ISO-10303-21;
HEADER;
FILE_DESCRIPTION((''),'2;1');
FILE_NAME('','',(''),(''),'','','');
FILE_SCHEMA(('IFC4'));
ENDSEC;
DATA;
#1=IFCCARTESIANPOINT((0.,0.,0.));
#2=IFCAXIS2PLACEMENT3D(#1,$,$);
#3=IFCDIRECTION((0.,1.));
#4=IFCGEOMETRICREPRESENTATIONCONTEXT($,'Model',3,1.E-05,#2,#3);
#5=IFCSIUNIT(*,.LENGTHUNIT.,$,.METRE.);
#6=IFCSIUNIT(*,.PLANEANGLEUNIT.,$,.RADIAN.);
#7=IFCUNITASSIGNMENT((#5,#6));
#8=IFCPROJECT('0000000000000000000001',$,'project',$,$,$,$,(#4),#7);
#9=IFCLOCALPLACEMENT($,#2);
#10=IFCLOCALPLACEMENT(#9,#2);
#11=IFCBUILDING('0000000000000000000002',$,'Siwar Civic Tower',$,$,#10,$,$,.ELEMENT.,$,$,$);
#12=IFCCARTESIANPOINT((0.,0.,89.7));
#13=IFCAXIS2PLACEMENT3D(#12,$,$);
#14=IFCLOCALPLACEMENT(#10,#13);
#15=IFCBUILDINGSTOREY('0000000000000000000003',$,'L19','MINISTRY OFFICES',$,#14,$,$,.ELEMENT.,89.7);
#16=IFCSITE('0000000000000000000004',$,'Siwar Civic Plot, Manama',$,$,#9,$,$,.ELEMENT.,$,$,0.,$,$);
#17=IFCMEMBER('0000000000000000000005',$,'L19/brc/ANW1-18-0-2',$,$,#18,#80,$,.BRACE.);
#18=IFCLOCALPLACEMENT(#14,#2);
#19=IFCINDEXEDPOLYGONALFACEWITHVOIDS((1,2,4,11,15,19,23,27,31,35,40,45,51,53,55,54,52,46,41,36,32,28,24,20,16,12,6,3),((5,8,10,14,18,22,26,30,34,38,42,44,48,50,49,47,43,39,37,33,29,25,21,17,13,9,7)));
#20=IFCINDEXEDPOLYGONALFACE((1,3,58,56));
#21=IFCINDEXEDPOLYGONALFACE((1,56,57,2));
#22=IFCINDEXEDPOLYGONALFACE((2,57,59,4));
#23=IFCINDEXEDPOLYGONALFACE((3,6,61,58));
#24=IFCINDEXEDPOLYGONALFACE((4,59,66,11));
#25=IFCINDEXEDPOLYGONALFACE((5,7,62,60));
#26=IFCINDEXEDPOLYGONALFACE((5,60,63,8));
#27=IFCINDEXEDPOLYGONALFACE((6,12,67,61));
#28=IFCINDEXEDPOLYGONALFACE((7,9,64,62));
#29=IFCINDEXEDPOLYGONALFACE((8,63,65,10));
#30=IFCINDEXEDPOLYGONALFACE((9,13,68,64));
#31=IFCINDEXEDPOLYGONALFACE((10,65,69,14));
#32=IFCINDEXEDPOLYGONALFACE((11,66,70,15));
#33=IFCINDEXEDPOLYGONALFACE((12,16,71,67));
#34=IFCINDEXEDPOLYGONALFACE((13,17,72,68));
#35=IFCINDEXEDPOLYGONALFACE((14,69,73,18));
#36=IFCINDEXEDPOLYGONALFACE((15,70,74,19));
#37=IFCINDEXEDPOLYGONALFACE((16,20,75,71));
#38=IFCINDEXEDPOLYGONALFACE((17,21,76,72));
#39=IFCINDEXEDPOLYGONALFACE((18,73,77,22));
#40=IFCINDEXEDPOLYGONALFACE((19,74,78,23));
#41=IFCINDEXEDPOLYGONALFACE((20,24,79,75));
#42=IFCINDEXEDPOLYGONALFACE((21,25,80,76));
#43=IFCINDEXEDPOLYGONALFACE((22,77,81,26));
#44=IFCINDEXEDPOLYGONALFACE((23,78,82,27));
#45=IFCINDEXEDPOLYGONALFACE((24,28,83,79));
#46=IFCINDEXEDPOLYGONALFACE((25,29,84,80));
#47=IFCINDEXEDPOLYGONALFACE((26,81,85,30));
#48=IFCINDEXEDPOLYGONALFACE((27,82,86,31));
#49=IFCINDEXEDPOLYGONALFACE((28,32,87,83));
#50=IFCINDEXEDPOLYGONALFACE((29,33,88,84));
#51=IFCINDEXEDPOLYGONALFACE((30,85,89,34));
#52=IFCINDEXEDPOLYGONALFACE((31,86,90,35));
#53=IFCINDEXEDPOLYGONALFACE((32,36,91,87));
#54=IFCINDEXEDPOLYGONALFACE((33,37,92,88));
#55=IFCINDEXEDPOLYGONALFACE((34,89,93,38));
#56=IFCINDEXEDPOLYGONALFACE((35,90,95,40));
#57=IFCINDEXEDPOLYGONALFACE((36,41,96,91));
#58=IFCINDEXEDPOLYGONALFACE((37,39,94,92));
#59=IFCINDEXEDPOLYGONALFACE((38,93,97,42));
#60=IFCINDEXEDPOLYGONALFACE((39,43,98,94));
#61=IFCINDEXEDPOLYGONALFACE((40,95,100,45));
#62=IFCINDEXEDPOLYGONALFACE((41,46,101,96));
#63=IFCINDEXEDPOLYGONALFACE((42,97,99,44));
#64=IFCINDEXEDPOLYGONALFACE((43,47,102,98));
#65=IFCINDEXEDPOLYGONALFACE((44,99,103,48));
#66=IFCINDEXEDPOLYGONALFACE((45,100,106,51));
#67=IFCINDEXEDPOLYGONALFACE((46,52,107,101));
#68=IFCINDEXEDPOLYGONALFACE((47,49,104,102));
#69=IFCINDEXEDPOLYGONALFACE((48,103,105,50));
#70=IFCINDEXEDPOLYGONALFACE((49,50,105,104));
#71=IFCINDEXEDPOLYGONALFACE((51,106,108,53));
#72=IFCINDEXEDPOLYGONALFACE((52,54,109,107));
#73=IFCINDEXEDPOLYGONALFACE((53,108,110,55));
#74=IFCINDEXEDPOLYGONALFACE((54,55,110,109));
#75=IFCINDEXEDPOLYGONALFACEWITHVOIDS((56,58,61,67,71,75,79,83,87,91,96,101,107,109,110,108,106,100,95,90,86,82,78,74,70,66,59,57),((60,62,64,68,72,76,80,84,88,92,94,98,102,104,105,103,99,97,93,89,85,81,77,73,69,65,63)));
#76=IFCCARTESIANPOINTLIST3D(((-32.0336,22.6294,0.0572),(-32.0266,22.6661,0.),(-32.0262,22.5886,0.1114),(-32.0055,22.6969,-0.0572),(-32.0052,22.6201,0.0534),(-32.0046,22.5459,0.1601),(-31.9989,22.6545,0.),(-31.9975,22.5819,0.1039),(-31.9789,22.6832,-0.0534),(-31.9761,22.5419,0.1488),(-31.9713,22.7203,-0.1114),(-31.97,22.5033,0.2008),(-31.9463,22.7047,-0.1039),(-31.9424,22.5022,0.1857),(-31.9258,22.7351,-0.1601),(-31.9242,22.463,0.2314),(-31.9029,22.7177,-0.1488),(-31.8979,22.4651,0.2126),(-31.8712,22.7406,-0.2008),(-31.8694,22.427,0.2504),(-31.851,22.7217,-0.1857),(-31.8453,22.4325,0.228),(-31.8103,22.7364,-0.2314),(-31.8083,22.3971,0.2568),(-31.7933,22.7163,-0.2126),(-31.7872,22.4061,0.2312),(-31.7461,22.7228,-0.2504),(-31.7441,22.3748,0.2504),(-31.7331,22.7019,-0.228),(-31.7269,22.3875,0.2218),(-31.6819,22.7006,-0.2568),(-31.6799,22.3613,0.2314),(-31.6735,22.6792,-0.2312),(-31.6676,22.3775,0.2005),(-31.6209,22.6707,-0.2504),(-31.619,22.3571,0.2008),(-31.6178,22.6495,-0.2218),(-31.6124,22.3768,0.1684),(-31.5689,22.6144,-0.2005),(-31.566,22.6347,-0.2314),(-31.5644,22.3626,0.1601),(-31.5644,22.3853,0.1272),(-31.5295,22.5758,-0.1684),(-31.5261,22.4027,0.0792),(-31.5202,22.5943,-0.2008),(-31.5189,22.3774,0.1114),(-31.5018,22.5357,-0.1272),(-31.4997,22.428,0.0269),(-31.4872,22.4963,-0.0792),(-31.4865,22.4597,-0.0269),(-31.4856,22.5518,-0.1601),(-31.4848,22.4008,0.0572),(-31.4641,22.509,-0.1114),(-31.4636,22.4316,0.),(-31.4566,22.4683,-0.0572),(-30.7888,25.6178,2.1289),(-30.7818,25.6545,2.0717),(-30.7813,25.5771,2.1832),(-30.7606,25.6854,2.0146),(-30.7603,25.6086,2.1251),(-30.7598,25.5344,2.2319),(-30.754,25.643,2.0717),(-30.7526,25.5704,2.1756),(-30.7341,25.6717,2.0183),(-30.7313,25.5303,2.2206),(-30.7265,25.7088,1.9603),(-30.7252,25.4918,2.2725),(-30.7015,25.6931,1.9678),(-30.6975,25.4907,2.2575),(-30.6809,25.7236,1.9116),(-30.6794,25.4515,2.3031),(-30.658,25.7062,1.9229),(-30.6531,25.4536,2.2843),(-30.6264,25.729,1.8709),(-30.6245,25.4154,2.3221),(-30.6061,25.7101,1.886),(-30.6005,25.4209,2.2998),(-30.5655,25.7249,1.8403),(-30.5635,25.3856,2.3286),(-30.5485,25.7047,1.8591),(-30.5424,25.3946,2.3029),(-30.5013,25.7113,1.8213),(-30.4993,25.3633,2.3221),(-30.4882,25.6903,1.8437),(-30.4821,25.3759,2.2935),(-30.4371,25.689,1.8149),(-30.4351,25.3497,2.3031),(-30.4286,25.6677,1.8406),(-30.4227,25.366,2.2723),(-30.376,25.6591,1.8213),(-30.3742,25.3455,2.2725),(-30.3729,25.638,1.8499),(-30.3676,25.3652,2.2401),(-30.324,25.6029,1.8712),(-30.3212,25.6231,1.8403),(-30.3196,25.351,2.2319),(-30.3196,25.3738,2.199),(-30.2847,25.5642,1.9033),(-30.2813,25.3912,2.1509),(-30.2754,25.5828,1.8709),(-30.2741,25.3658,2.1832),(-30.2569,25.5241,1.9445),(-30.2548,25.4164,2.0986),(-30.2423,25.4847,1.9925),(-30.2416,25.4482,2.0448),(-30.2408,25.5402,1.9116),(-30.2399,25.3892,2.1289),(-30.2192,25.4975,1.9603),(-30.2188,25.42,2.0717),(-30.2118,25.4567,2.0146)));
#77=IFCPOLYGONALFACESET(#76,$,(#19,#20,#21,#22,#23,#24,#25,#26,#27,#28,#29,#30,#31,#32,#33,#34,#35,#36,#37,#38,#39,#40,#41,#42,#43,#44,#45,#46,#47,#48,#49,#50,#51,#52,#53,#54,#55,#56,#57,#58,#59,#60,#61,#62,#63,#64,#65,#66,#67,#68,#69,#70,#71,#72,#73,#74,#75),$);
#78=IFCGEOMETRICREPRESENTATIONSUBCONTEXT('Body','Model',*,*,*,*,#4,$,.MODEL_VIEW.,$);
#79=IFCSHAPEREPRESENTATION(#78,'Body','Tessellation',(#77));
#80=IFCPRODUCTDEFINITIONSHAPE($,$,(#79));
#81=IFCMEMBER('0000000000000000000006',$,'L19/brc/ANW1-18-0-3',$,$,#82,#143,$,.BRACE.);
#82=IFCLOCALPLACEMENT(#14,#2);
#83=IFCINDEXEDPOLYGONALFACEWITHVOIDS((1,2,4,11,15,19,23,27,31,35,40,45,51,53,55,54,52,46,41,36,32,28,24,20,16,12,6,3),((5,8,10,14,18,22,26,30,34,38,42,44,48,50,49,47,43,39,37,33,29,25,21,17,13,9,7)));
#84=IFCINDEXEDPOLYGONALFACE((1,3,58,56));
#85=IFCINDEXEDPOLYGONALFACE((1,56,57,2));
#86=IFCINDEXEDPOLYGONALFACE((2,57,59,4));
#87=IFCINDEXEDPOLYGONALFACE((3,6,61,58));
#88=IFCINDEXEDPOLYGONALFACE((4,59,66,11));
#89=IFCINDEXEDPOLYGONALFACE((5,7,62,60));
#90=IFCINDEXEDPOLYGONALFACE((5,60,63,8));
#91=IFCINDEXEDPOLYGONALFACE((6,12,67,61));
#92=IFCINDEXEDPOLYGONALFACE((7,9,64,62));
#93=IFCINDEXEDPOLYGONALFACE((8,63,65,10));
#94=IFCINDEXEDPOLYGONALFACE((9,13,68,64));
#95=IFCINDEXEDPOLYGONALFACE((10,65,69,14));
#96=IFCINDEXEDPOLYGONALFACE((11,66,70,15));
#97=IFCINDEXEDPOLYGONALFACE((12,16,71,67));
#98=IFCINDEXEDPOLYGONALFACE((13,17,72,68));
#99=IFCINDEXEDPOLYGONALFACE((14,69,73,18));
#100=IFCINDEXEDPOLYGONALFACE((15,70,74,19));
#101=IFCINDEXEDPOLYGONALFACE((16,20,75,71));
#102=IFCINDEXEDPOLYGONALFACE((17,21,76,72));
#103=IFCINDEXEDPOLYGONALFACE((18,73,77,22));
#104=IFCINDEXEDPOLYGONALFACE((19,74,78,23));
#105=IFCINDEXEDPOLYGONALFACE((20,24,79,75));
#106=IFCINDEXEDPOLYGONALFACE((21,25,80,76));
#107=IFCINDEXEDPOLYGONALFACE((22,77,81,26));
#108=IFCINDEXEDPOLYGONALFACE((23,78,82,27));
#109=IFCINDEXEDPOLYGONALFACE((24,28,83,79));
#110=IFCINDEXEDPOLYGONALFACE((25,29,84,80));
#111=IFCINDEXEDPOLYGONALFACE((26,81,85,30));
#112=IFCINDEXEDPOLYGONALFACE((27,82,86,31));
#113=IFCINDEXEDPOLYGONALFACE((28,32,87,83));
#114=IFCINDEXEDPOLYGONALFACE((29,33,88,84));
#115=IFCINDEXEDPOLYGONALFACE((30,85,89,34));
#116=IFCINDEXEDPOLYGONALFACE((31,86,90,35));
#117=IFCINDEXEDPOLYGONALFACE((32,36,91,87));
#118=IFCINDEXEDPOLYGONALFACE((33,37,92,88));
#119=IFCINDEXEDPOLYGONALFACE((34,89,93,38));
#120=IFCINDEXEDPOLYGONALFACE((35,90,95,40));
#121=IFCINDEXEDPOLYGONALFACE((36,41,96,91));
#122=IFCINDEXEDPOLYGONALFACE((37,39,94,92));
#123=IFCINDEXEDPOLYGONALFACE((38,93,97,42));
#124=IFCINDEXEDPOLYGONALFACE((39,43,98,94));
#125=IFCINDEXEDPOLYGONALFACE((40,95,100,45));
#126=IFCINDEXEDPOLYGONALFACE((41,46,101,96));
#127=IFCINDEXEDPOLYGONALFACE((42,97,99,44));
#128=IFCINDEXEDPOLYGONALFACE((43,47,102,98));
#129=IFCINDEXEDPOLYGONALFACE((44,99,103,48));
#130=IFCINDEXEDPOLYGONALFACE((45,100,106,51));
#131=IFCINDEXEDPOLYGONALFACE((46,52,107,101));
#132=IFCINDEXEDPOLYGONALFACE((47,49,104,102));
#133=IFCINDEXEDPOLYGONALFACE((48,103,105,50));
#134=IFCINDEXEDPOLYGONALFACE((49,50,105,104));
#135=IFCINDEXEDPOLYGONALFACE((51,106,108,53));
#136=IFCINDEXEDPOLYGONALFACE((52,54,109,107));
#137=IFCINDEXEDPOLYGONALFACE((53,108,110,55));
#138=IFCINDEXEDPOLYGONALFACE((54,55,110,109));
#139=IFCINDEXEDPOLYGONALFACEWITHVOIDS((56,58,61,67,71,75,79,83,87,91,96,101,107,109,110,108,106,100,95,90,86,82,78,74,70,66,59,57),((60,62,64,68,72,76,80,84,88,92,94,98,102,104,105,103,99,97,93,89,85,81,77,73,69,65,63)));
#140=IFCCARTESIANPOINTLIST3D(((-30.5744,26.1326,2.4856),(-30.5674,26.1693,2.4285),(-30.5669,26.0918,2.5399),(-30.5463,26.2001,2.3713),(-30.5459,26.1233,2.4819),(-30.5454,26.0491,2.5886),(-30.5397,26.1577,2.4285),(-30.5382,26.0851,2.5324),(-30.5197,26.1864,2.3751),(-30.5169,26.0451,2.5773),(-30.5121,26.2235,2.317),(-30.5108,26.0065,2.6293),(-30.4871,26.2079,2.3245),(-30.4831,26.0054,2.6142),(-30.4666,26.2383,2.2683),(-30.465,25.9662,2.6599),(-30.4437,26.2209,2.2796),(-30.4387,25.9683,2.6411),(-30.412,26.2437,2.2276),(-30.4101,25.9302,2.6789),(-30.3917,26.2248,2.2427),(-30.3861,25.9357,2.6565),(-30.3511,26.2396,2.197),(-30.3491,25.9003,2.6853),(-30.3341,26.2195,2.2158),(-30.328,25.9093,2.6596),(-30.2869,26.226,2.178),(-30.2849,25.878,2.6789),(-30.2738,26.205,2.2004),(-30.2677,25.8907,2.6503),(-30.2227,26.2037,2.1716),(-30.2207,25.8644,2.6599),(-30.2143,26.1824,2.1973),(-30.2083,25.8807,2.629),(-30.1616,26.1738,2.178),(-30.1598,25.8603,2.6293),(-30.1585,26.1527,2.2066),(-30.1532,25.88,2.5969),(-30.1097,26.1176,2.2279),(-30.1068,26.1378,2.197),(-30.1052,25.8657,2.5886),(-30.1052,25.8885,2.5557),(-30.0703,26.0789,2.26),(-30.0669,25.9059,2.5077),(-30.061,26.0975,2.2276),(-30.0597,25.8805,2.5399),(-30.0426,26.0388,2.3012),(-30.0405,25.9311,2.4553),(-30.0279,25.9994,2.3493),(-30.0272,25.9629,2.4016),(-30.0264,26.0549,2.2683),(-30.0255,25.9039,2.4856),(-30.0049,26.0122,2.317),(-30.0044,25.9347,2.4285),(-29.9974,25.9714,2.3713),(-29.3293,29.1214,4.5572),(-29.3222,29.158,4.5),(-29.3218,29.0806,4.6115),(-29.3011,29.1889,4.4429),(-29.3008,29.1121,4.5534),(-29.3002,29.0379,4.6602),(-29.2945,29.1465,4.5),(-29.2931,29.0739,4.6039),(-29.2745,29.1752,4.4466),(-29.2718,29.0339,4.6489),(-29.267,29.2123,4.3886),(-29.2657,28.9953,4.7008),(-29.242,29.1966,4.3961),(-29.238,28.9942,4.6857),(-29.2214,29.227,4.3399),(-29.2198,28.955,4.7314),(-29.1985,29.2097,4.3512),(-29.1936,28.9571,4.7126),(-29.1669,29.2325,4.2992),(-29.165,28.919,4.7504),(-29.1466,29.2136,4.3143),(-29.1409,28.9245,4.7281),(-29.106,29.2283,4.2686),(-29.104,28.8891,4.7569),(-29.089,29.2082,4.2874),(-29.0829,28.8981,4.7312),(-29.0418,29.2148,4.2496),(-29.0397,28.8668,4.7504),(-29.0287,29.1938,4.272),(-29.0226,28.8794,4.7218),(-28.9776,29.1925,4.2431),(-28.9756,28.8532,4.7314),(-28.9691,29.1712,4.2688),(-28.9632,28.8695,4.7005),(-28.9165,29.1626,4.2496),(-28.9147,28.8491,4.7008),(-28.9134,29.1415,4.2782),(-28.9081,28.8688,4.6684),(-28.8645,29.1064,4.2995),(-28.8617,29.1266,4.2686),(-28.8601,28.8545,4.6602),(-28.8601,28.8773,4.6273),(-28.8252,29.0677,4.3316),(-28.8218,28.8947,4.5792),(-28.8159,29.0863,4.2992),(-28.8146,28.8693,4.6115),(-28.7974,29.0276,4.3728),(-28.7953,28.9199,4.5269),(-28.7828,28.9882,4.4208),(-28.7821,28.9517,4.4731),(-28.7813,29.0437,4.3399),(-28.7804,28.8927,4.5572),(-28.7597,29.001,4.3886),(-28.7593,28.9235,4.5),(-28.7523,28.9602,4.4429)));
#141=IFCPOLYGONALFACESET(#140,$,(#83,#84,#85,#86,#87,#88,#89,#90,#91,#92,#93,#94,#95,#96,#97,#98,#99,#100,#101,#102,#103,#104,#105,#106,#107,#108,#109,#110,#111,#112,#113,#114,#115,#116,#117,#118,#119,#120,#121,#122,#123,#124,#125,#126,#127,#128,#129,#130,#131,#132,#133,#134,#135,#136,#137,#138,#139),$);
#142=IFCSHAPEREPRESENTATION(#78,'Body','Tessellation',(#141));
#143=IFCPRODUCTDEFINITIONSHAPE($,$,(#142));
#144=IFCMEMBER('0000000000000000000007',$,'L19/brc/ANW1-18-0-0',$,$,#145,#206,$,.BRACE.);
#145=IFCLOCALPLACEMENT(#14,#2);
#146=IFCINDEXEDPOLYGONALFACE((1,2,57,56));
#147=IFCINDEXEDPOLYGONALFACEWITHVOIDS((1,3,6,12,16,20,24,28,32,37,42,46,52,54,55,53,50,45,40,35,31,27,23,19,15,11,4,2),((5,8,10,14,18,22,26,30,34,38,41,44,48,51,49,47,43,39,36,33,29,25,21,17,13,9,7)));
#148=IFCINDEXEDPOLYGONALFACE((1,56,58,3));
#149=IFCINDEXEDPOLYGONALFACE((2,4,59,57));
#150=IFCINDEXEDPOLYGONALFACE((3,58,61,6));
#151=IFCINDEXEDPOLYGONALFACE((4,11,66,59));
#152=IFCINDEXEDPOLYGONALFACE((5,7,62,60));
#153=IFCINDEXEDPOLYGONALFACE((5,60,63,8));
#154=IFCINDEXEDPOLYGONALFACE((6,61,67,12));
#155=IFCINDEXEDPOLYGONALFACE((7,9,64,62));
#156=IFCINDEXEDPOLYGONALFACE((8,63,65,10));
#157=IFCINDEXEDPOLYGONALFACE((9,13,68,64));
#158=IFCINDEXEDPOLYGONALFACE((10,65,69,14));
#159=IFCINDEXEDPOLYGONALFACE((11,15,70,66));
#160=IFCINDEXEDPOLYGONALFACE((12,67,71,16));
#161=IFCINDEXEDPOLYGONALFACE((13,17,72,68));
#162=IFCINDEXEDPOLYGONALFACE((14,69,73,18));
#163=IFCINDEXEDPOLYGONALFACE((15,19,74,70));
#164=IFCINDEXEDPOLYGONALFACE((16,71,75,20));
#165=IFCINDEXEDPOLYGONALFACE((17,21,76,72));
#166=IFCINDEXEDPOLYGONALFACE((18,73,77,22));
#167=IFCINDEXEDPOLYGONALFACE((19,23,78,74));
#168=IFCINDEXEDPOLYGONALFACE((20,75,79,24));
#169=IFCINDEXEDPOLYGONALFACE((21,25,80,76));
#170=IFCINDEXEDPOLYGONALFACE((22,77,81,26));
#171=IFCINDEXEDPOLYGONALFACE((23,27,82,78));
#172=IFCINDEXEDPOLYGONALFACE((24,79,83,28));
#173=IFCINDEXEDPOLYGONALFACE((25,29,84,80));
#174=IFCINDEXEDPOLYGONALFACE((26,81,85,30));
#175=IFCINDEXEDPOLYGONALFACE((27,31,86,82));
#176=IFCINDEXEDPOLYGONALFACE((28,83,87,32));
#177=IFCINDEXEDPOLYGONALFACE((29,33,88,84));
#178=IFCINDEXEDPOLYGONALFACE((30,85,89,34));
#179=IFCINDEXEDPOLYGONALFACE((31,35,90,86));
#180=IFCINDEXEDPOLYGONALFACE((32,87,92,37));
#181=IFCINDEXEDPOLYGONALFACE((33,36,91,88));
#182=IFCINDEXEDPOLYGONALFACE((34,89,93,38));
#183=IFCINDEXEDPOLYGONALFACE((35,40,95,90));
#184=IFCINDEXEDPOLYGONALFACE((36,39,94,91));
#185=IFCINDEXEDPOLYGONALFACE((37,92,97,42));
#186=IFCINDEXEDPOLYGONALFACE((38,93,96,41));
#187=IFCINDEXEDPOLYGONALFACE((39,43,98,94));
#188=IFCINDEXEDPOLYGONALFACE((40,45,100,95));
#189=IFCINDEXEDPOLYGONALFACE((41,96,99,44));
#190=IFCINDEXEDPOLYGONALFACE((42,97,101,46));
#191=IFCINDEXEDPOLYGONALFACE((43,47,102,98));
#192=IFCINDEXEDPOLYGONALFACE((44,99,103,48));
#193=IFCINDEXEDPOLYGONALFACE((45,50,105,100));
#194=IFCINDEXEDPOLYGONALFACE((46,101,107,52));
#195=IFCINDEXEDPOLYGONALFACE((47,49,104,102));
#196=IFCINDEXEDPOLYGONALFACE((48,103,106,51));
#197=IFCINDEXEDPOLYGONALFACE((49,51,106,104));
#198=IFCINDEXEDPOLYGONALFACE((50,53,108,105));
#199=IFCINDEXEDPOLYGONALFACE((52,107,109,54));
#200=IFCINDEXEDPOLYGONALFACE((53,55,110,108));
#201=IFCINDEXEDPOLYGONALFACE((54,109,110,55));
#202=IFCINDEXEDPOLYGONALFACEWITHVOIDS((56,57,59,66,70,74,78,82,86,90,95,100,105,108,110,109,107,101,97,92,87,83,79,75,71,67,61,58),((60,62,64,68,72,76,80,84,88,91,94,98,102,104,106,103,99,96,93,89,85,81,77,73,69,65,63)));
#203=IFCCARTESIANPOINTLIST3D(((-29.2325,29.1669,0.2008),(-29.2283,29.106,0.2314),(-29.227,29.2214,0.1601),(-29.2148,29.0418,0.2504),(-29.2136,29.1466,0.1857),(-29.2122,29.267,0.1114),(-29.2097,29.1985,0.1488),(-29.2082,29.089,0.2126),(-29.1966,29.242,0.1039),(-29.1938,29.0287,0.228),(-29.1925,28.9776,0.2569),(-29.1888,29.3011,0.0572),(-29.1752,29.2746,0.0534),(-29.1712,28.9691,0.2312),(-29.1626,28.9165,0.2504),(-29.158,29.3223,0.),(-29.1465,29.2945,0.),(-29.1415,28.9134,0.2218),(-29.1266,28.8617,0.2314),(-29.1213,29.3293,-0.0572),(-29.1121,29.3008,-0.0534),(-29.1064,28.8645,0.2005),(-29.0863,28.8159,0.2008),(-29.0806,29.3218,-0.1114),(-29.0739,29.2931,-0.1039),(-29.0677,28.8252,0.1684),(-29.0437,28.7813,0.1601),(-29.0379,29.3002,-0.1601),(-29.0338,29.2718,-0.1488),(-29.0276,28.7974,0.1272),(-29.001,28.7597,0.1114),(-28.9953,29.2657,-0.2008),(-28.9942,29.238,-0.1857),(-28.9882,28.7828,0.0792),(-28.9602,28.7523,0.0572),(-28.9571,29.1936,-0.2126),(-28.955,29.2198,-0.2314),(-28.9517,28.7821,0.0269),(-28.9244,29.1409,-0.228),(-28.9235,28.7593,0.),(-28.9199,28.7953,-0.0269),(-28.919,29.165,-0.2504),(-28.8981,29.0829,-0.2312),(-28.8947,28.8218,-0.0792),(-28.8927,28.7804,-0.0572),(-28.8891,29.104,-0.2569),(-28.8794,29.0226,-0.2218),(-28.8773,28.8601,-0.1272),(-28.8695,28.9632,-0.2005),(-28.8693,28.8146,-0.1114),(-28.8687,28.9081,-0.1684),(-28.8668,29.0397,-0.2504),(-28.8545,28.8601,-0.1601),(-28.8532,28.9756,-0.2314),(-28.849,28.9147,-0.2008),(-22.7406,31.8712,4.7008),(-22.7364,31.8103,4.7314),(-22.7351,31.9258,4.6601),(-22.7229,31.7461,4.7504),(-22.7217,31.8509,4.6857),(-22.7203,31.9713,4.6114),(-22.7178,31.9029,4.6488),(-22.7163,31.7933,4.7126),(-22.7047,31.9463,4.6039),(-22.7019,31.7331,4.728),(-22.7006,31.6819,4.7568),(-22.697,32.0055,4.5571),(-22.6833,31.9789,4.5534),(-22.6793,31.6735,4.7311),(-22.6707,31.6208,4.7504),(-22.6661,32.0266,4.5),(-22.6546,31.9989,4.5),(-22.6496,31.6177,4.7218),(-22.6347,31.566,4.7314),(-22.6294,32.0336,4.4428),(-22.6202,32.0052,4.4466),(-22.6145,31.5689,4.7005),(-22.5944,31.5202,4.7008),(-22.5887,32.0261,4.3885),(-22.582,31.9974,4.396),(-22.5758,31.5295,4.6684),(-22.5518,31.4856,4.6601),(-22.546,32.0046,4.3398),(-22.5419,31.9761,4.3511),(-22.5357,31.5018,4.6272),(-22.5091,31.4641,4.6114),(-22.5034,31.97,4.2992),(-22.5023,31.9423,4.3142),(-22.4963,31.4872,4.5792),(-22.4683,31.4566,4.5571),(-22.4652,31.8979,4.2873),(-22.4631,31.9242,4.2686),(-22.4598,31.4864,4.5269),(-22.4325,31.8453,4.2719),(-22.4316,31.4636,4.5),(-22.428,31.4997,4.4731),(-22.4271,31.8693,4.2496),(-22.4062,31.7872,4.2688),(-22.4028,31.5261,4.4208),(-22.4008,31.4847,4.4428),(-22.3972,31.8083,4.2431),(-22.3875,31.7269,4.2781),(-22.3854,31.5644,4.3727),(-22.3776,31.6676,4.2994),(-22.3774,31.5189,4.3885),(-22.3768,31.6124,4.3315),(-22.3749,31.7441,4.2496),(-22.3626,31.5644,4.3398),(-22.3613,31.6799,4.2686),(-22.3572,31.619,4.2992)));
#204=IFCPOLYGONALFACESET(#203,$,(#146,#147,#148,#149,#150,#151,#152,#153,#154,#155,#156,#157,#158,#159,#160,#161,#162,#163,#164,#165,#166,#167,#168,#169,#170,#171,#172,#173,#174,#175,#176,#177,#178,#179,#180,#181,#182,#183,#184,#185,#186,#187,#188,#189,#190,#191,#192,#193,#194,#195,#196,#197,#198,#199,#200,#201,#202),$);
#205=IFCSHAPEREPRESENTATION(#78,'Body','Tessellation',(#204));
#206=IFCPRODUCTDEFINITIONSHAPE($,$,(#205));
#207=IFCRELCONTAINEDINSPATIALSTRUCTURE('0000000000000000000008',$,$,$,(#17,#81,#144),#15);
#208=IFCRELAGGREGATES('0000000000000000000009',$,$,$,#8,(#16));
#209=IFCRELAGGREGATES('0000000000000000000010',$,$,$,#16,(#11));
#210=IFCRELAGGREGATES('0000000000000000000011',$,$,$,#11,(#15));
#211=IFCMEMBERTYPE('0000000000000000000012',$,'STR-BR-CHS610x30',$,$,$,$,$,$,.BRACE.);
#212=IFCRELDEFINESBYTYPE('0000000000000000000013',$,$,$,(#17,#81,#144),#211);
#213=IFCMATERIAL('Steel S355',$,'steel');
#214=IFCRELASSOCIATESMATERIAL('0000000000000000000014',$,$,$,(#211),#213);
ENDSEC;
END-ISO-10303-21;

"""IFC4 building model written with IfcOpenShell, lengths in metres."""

from ifc_helpers import new_model, si_unit, direction, frame, origin, origin_2d, place, context, subcontext, project, spatial, hollow_circle, extrude, material, material_profile, profile_set, type_object, element, save


model = new_model("IFC4")

# Units and contexts
model_context = context("Model", 3, precision=1e-05, world=origin(), true_north=direction((0.0, 1.0)))
body_context = subcontext(model_context, "Body", "Model", "MODEL_VIEW")
ifc_project = project(units=[si_unit("LENGTHUNIT", "METRE"), si_unit("PLANEANGLEUNIT", "RADIAN")], contexts=[model_context])

# Site, building, storey
site_placement = place(None, origin())
site = spatial("IfcSite", under=ifc_project, at=site_placement, Name="Siwar Civic Plot, Manama", CompositionType="ELEMENT", RefElevation=0.0)
building_placement = place(site_placement, origin())
building = spatial("IfcBuilding", under=site, at=building_placement, Name="Siwar Civic Tower", CompositionType="ELEMENT")
storey_placement = place(building_placement, frame((0.0, 0.0, 89.7)))
storey = spatial("IfcBuildingStorey", under=building, at=storey_placement, Name="L19", Description="MINISTRY OFFICES", CompositionType="ELEMENT", Elevation=89.7)

# Members
ifc_material_1 = material(Name="Steel S355", Category="steel")
ifc_material_profile_1 = material_profile(ifc_material_1, hollow_circle(Radius=0.3049, WallThickness=0.03, at=origin_2d()), Name="CHS610x30")
ifc_profile_set_1 = profile_set([ifc_material_profile_1], Name="Steel S355")
member_type_1 = type_object("IfcMemberType", Name="STR-BR-CHS610x30", PredefinedType="BRACE", material=ifc_profile_set_1)
member_1_placement = place(storey_placement, frame((-31.7451, 22.5488, 0.0), z_axis=(0.323882, 0.777533, 0.53902), x_axis=(-0.923115, 0.384524, 0.0)))
element("IfcMember", 1, at=member_1_placement, inside=storey, type_object=member_type_1, Name="L19/brc/ANW1-18-0-2", PredefinedType="BRACE", context=body_context, shape_type="SweptSolid", body=[
    extrude(hollow_circle(Radius=0.3049, WallThickness=0.03, at=origin_2d()), origin(), (0.0, 0.0, 1.0), 3.8435),
])
member_2_placement = place(storey_placement, frame((-30.2859, 26.052, 2.4285), z_axis=(0.323934, 0.777569, 0.538937), x_axis=(-0.923099, 0.384562, 0.0)))
element("IfcMember", 2, at=member_2_placement, inside=storey, type_object=member_type_1, Name="L19/brc/ANW1-18-0-3", PredefinedType="BRACE", context=body_context, shape_type="SweptSolid", body=[
    extrude(hollow_circle(Radius=0.3049, WallThickness=0.03, at=origin_2d()), origin(), (0.0, 0.0, 1.0), 3.8438),
])
member_3_placement = place(storey_placement, frame((-29.0408, 29.0408, 0.0), z_axis=(0.777555, 0.323906, 0.538975), x_axis=(-0.384539, 0.923109, 0.0)))
element("IfcMember", 3, at=member_3_placement, inside=storey, type_object=member_type_1, Name="L19/brc/ANW1-18-0-0", PredefinedType="BRACE", context=body_context, shape_type="SweptSolid", body=[
    extrude(hollow_circle(Radius=0.3049, WallThickness=0.03, at=origin_2d()), origin(), (0.0, 0.0, 1.0), 8.3491),
])

save(model, "model.ifc")
